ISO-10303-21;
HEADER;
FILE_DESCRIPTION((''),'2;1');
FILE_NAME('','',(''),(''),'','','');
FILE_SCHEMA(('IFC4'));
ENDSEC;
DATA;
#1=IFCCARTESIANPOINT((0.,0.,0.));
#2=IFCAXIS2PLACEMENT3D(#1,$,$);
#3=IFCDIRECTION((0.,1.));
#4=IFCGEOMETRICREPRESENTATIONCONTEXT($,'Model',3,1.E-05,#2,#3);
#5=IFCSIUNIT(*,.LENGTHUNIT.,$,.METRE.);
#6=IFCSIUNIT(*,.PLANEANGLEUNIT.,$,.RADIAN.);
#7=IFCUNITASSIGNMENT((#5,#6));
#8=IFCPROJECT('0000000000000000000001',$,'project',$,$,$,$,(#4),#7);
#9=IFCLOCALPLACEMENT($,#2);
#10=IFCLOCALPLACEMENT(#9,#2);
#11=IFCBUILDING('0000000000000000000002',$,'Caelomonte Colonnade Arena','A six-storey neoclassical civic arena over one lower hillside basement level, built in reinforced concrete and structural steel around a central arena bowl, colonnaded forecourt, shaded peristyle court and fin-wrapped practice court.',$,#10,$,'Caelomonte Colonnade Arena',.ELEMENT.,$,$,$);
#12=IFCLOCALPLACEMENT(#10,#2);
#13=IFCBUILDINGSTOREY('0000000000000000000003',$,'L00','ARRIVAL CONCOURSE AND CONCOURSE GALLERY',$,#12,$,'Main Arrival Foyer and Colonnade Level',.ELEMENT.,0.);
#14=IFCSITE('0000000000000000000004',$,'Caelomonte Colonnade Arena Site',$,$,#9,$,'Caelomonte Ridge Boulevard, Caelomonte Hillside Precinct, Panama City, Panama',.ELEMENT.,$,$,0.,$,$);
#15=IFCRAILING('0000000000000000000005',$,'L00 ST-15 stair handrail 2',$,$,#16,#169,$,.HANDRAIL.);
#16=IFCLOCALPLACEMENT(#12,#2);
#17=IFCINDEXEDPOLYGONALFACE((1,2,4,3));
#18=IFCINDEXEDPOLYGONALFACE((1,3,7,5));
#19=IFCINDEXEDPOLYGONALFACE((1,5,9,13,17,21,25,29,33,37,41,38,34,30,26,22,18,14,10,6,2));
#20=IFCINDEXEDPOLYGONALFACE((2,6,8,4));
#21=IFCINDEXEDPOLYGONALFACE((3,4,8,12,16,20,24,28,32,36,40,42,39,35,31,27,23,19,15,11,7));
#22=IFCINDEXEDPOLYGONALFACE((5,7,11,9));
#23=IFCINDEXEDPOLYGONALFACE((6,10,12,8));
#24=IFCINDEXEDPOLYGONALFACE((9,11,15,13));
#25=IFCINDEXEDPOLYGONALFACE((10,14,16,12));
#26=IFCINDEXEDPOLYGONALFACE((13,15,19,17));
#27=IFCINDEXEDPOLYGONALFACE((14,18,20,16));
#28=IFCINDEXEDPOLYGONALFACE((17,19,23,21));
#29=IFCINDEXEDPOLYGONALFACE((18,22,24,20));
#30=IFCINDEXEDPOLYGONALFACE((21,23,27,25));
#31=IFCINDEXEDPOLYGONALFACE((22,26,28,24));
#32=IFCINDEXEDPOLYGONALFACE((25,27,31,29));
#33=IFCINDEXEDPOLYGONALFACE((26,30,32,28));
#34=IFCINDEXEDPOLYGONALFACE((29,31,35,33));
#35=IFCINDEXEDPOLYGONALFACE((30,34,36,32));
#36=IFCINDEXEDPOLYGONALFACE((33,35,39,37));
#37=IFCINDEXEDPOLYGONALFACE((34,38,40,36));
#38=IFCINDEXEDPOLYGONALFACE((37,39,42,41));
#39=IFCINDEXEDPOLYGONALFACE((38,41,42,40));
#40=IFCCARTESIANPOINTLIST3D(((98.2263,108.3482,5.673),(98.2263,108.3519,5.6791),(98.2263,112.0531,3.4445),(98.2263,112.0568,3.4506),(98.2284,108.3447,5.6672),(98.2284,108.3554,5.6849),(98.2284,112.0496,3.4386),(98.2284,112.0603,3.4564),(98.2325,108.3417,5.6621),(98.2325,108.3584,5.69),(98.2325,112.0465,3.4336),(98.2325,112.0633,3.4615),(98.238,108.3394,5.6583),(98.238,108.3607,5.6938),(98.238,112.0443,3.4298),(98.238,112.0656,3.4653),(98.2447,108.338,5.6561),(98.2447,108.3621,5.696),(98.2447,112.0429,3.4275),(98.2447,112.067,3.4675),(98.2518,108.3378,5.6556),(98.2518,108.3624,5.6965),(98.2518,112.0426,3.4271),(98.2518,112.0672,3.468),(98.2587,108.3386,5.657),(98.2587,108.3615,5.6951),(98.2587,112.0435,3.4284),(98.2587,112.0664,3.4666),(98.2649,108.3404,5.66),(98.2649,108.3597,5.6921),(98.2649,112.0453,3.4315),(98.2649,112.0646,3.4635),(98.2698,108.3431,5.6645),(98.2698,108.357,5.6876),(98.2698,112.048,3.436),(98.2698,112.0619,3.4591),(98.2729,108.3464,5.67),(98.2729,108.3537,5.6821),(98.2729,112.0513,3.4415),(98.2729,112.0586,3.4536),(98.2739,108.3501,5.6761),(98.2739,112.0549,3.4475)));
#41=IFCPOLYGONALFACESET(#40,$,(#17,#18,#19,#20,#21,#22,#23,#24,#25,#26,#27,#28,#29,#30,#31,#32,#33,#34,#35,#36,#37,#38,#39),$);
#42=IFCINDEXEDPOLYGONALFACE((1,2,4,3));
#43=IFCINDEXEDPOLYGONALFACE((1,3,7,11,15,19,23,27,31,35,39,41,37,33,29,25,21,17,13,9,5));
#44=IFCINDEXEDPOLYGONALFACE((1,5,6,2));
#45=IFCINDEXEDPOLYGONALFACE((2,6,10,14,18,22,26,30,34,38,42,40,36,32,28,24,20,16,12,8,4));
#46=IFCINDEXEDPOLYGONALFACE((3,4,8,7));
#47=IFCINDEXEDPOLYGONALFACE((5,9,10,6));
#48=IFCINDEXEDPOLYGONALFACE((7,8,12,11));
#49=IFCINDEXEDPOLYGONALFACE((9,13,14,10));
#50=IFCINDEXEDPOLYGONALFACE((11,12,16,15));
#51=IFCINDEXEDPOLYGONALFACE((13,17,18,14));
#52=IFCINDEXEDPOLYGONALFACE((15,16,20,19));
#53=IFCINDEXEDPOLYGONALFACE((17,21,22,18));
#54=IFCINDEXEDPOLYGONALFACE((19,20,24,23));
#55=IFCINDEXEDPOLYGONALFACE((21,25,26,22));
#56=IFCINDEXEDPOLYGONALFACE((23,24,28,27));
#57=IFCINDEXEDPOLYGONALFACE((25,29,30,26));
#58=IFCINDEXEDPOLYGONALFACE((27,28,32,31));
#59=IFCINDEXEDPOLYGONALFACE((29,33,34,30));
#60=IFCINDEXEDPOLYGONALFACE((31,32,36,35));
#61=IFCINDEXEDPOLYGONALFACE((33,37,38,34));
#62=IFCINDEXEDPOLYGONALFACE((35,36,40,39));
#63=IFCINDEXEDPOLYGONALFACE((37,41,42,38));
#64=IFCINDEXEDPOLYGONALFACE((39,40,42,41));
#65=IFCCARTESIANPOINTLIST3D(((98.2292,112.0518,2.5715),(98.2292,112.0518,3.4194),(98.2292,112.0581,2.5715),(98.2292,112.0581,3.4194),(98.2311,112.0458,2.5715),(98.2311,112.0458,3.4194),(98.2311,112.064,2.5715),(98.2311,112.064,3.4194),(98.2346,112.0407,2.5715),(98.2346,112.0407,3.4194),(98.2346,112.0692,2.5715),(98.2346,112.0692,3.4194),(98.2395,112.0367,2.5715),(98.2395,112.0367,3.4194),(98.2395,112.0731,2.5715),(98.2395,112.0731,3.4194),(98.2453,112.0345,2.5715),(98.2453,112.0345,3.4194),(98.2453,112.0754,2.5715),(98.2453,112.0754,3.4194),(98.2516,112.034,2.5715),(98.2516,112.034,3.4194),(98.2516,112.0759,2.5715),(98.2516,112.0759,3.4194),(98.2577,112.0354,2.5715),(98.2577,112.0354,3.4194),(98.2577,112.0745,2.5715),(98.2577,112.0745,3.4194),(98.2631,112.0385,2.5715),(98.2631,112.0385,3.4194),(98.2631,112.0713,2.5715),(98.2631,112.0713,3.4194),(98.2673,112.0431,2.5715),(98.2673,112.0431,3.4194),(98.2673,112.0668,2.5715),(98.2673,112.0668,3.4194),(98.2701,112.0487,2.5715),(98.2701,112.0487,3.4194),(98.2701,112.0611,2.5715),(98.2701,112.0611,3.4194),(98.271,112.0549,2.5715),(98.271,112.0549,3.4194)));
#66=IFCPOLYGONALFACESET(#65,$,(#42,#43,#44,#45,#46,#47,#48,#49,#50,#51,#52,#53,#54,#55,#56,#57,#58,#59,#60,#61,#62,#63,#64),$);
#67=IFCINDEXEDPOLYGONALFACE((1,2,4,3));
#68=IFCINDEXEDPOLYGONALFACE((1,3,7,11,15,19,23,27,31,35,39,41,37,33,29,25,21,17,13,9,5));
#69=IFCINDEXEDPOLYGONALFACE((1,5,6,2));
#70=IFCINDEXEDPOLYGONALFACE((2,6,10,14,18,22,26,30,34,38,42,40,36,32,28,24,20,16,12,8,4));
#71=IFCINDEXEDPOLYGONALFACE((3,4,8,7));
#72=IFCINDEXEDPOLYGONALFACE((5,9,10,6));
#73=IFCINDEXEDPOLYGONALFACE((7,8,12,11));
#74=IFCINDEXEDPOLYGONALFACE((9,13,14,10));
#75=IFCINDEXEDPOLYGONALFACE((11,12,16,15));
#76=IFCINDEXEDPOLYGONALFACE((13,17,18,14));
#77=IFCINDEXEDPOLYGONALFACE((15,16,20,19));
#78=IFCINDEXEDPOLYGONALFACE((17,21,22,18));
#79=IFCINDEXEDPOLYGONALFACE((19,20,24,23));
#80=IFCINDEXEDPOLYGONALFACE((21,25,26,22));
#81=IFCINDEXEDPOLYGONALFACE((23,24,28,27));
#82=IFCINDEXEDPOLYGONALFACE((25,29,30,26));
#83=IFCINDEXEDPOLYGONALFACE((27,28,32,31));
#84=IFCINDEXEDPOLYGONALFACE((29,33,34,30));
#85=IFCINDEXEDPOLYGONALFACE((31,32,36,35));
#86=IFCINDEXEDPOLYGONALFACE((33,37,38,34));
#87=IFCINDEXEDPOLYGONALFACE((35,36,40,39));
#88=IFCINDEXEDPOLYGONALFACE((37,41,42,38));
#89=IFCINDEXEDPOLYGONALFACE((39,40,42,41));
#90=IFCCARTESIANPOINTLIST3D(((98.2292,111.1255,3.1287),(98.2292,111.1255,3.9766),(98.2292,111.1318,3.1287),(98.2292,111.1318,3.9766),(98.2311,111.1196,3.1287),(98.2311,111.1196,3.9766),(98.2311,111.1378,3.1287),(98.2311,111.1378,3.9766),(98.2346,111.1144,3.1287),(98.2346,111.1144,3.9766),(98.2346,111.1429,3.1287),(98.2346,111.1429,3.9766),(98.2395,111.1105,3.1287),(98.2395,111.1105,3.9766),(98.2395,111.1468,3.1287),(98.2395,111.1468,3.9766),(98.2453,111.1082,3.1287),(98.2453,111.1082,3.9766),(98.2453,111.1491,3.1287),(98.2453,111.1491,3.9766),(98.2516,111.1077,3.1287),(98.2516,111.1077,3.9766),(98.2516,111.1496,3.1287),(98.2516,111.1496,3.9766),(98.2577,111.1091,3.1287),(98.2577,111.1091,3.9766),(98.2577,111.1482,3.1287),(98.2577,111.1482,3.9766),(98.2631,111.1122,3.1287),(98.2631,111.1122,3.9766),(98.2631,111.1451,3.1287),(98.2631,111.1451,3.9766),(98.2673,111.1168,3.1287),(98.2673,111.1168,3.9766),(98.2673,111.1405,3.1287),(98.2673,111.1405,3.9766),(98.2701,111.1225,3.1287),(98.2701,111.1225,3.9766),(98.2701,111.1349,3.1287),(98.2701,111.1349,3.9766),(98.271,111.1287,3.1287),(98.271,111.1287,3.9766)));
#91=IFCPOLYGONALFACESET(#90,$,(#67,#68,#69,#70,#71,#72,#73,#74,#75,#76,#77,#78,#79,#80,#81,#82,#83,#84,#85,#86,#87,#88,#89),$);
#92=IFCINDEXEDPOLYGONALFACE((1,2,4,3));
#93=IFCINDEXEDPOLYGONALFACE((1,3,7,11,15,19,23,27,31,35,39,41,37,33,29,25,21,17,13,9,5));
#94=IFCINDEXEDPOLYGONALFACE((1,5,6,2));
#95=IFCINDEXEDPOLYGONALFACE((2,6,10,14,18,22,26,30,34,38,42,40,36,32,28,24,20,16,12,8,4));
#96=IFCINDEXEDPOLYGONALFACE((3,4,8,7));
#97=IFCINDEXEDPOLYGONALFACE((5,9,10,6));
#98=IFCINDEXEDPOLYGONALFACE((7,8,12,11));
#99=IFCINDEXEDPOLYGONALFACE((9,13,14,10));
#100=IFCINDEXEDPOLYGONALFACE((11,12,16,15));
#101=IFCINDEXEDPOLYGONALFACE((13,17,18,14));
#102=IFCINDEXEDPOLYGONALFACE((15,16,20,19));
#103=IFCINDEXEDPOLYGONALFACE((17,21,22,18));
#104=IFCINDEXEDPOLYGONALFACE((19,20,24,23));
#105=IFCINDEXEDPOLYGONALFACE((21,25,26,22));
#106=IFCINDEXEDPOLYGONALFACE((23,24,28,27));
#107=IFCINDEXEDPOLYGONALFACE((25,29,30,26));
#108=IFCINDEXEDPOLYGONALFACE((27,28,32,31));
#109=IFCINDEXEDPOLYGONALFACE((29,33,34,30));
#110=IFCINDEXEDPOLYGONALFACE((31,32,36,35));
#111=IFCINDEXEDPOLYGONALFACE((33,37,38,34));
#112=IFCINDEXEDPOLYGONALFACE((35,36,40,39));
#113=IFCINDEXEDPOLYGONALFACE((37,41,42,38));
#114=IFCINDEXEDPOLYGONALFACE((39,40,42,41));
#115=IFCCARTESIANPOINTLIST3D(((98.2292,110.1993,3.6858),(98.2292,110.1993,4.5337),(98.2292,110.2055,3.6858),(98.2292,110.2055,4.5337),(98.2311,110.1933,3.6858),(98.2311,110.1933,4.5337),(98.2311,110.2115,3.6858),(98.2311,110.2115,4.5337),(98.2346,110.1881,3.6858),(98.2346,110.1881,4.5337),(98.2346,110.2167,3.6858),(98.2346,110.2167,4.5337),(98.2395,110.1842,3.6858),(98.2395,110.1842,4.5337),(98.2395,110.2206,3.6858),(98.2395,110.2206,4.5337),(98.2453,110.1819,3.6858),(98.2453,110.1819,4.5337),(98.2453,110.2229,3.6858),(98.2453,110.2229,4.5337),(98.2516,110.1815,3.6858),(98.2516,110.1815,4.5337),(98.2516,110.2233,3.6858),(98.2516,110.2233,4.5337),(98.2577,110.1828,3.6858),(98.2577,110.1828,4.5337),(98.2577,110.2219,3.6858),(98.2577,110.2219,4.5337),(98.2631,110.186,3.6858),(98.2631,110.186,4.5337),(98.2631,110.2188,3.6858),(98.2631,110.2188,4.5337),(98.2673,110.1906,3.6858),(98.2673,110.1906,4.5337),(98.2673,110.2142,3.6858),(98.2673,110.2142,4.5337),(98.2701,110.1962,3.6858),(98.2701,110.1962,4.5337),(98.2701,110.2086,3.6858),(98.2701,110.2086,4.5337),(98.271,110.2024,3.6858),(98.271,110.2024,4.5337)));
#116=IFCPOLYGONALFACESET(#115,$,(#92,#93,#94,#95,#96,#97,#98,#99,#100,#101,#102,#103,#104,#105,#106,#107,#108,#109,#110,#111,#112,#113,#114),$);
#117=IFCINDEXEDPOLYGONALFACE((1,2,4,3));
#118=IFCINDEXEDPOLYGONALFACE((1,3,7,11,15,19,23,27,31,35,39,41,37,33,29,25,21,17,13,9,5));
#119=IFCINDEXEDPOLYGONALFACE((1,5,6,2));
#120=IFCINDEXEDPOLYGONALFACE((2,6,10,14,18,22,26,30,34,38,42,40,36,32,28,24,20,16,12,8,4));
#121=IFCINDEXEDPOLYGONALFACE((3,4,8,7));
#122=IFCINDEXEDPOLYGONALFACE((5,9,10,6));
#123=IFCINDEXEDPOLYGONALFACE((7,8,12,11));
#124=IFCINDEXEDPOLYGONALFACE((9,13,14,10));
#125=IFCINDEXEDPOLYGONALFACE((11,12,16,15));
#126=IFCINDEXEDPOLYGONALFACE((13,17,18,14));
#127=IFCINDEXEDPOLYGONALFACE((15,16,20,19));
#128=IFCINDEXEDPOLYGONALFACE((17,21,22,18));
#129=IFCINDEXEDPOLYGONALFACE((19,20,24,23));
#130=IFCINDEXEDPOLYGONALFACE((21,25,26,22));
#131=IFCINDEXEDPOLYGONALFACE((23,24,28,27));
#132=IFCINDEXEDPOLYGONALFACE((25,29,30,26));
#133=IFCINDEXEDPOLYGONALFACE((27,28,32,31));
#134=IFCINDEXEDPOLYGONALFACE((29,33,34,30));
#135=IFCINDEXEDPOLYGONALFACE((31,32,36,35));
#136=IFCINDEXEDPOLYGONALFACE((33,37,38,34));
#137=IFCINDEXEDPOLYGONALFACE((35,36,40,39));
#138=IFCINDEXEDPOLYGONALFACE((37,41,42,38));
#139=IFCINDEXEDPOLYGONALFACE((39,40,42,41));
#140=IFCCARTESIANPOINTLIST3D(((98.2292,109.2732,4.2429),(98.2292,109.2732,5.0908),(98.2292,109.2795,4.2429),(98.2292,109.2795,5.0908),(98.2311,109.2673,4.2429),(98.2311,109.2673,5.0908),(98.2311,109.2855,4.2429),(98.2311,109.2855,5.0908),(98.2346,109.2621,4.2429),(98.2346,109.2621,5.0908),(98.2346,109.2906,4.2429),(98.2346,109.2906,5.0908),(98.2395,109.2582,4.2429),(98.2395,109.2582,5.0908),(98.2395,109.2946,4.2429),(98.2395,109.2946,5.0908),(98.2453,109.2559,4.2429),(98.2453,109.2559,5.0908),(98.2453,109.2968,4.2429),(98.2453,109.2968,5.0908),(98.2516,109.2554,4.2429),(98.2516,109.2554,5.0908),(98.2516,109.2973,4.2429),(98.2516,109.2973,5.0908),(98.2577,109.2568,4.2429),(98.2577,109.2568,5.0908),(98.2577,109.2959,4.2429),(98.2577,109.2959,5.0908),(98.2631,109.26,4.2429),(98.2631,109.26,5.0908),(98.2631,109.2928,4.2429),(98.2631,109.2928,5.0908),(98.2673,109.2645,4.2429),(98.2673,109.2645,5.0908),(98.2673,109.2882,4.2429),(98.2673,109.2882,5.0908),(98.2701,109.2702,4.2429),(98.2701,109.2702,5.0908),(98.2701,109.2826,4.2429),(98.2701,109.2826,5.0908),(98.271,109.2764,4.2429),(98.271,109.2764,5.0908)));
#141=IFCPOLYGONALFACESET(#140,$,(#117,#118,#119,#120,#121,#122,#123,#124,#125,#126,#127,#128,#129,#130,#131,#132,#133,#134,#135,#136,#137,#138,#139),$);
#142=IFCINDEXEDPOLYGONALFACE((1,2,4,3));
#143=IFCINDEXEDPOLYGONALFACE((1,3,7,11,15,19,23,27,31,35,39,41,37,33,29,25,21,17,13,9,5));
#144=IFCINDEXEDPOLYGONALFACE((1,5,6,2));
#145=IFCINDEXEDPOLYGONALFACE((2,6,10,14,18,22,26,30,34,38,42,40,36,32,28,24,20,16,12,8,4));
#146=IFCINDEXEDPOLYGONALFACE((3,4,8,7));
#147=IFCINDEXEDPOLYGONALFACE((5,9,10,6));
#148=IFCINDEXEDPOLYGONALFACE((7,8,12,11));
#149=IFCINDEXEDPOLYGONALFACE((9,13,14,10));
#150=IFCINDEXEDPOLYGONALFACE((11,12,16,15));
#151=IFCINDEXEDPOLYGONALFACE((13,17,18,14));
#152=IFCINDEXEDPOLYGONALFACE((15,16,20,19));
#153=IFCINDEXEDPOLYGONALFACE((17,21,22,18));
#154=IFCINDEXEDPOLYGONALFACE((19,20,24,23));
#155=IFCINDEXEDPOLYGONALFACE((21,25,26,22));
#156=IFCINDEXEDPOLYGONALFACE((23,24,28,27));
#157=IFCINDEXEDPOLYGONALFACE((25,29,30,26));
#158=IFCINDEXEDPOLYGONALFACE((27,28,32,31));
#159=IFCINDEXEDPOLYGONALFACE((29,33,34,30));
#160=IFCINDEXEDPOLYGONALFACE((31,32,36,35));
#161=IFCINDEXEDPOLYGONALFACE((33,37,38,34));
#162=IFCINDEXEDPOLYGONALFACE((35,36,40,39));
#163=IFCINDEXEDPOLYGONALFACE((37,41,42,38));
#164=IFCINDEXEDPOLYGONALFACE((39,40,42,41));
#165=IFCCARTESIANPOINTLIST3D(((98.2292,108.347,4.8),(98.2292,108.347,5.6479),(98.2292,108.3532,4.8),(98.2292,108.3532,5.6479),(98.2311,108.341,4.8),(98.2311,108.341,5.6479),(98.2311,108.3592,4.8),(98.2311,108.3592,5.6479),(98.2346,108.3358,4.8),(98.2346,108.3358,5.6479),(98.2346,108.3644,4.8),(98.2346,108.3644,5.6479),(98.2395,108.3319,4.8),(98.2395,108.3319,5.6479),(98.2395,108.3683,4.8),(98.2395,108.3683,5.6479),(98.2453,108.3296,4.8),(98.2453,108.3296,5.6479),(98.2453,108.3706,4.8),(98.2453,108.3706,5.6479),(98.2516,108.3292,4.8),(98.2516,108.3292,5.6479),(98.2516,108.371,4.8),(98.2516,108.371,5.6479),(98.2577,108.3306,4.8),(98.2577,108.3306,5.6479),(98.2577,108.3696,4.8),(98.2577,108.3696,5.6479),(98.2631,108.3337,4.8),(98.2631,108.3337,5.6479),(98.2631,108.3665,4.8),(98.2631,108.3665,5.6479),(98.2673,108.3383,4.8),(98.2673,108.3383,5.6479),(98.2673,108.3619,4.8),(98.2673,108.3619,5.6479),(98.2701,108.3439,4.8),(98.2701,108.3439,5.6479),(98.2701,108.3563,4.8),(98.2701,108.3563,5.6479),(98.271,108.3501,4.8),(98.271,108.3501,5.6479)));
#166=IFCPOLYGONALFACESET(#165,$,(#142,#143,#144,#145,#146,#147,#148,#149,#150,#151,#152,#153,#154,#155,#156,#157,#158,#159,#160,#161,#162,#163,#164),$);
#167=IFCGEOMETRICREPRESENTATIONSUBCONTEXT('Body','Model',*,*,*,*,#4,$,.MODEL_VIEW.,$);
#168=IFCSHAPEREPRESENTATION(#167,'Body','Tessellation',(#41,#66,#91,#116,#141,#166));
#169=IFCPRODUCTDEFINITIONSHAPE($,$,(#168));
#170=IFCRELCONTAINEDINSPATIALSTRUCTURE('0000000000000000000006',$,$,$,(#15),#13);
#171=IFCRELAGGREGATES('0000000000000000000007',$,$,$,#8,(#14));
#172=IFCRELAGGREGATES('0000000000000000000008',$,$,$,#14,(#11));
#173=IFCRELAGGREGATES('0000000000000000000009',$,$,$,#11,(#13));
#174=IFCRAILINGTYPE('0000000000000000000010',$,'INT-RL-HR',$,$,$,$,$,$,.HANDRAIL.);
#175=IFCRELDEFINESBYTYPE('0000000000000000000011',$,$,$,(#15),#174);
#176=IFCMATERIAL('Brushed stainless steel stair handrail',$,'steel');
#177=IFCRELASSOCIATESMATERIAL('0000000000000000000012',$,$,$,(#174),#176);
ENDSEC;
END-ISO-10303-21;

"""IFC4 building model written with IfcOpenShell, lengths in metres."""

from ifc_helpers import new_model, si_unit, direction, frame, origin, origin_2d, place, context, subcontext, project, spatial, circle, extrude, material, type_object, element, save


model = new_model("IFC4")

# Units and contexts
model_context = context("Model", 3, precision=1e-05, world=origin(), true_north=direction((0.0, 1.0)))
body_context = subcontext(model_context, "Body", "Model", "MODEL_VIEW")
ifc_project = project(units=[si_unit("LENGTHUNIT", "METRE"), si_unit("PLANEANGLEUNIT", "RADIAN")], contexts=[model_context])

# Site, building, storey
site_placement = place(None, origin())
site = spatial("IfcSite", under=ifc_project, at=site_placement, Name="Caelomonte Colonnade Arena Site", LongName="Caelomonte Ridge Boulevard, Caelomonte Hillside Precinct, Panama City, Panama", CompositionType="ELEMENT", RefElevation=0.0)
building_placement = place(site_placement, origin())
building = spatial("IfcBuilding", under=site, at=building_placement, Name="Caelomonte Colonnade Arena", Description="A six-storey neoclassical civic arena over one lower hillside basement level, built in reinforced concrete and structural steel around a central arena bowl, colonnaded forecourt, shaded peristyle court and fin-wrapped practice court.", LongName="Caelomonte Colonnade Arena", CompositionType="ELEMENT")
storey_placement = place(building_placement, origin())
storey = spatial("IfcBuildingStorey", under=building, at=storey_placement, Name="L00", Description="ARRIVAL CONCOURSE AND CONCOURSE GALLERY", LongName="Main Arrival Foyer and Colonnade Level", CompositionType="ELEMENT", Elevation=0.0)

# Railing
ifc_material_1 = material(Name="Brushed stainless steel stair handrail", Category="steel")
railing_type_1 = type_object("IfcRailingType", Name="INT-RL-HR", PredefinedType="HANDRAIL", material=ifc_material_1)
railing_1_placement = place(storey_placement, frame((98.25, 112.0549, 2.5715)))
element("IfcRailing", 1, at=railing_1_placement, inside=storey, type_object=railing_type_1, Name="L00 ST-15 stair handrail 2", PredefinedType="HANDRAIL", context=body_context, shape_type="SweptSolid", body=[
    extrude(circle(Radius=0.0239, at=origin_2d()), frame((0.0, 0.0, 0.876), z_axis=(0.0, -0.856919, 0.51545), x_axis=(1.0, 0.0, 0.0)), (0.0, 0.0, 1.0), 4.3235),
    extrude(circle(Radius=0.021, at=origin_2d()), origin(), (0.0, 0.0, 1.0), 0.8479),
    extrude(circle(Radius=0.021, at=origin_2d()), frame((0.0, -0.9263, 0.5571)), (0.0, 0.0, 1.0), 0.8479),
    extrude(circle(Radius=0.021, at=origin_2d()), frame((0.0, -1.8525, 1.1143)), (0.0, 0.0, 1.0), 0.8479),
    extrude(circle(Radius=0.021, at=origin_2d()), frame((0.0, -2.7786, 1.6714)), (0.0, 0.0, 1.0), 0.8479),
    extrude(circle(Radius=0.021, at=origin_2d()), frame((0.0, -3.7048, 2.2285)), (0.0, 0.0, 1.0), 0.8479),
])

save(model, "model.ifc")
